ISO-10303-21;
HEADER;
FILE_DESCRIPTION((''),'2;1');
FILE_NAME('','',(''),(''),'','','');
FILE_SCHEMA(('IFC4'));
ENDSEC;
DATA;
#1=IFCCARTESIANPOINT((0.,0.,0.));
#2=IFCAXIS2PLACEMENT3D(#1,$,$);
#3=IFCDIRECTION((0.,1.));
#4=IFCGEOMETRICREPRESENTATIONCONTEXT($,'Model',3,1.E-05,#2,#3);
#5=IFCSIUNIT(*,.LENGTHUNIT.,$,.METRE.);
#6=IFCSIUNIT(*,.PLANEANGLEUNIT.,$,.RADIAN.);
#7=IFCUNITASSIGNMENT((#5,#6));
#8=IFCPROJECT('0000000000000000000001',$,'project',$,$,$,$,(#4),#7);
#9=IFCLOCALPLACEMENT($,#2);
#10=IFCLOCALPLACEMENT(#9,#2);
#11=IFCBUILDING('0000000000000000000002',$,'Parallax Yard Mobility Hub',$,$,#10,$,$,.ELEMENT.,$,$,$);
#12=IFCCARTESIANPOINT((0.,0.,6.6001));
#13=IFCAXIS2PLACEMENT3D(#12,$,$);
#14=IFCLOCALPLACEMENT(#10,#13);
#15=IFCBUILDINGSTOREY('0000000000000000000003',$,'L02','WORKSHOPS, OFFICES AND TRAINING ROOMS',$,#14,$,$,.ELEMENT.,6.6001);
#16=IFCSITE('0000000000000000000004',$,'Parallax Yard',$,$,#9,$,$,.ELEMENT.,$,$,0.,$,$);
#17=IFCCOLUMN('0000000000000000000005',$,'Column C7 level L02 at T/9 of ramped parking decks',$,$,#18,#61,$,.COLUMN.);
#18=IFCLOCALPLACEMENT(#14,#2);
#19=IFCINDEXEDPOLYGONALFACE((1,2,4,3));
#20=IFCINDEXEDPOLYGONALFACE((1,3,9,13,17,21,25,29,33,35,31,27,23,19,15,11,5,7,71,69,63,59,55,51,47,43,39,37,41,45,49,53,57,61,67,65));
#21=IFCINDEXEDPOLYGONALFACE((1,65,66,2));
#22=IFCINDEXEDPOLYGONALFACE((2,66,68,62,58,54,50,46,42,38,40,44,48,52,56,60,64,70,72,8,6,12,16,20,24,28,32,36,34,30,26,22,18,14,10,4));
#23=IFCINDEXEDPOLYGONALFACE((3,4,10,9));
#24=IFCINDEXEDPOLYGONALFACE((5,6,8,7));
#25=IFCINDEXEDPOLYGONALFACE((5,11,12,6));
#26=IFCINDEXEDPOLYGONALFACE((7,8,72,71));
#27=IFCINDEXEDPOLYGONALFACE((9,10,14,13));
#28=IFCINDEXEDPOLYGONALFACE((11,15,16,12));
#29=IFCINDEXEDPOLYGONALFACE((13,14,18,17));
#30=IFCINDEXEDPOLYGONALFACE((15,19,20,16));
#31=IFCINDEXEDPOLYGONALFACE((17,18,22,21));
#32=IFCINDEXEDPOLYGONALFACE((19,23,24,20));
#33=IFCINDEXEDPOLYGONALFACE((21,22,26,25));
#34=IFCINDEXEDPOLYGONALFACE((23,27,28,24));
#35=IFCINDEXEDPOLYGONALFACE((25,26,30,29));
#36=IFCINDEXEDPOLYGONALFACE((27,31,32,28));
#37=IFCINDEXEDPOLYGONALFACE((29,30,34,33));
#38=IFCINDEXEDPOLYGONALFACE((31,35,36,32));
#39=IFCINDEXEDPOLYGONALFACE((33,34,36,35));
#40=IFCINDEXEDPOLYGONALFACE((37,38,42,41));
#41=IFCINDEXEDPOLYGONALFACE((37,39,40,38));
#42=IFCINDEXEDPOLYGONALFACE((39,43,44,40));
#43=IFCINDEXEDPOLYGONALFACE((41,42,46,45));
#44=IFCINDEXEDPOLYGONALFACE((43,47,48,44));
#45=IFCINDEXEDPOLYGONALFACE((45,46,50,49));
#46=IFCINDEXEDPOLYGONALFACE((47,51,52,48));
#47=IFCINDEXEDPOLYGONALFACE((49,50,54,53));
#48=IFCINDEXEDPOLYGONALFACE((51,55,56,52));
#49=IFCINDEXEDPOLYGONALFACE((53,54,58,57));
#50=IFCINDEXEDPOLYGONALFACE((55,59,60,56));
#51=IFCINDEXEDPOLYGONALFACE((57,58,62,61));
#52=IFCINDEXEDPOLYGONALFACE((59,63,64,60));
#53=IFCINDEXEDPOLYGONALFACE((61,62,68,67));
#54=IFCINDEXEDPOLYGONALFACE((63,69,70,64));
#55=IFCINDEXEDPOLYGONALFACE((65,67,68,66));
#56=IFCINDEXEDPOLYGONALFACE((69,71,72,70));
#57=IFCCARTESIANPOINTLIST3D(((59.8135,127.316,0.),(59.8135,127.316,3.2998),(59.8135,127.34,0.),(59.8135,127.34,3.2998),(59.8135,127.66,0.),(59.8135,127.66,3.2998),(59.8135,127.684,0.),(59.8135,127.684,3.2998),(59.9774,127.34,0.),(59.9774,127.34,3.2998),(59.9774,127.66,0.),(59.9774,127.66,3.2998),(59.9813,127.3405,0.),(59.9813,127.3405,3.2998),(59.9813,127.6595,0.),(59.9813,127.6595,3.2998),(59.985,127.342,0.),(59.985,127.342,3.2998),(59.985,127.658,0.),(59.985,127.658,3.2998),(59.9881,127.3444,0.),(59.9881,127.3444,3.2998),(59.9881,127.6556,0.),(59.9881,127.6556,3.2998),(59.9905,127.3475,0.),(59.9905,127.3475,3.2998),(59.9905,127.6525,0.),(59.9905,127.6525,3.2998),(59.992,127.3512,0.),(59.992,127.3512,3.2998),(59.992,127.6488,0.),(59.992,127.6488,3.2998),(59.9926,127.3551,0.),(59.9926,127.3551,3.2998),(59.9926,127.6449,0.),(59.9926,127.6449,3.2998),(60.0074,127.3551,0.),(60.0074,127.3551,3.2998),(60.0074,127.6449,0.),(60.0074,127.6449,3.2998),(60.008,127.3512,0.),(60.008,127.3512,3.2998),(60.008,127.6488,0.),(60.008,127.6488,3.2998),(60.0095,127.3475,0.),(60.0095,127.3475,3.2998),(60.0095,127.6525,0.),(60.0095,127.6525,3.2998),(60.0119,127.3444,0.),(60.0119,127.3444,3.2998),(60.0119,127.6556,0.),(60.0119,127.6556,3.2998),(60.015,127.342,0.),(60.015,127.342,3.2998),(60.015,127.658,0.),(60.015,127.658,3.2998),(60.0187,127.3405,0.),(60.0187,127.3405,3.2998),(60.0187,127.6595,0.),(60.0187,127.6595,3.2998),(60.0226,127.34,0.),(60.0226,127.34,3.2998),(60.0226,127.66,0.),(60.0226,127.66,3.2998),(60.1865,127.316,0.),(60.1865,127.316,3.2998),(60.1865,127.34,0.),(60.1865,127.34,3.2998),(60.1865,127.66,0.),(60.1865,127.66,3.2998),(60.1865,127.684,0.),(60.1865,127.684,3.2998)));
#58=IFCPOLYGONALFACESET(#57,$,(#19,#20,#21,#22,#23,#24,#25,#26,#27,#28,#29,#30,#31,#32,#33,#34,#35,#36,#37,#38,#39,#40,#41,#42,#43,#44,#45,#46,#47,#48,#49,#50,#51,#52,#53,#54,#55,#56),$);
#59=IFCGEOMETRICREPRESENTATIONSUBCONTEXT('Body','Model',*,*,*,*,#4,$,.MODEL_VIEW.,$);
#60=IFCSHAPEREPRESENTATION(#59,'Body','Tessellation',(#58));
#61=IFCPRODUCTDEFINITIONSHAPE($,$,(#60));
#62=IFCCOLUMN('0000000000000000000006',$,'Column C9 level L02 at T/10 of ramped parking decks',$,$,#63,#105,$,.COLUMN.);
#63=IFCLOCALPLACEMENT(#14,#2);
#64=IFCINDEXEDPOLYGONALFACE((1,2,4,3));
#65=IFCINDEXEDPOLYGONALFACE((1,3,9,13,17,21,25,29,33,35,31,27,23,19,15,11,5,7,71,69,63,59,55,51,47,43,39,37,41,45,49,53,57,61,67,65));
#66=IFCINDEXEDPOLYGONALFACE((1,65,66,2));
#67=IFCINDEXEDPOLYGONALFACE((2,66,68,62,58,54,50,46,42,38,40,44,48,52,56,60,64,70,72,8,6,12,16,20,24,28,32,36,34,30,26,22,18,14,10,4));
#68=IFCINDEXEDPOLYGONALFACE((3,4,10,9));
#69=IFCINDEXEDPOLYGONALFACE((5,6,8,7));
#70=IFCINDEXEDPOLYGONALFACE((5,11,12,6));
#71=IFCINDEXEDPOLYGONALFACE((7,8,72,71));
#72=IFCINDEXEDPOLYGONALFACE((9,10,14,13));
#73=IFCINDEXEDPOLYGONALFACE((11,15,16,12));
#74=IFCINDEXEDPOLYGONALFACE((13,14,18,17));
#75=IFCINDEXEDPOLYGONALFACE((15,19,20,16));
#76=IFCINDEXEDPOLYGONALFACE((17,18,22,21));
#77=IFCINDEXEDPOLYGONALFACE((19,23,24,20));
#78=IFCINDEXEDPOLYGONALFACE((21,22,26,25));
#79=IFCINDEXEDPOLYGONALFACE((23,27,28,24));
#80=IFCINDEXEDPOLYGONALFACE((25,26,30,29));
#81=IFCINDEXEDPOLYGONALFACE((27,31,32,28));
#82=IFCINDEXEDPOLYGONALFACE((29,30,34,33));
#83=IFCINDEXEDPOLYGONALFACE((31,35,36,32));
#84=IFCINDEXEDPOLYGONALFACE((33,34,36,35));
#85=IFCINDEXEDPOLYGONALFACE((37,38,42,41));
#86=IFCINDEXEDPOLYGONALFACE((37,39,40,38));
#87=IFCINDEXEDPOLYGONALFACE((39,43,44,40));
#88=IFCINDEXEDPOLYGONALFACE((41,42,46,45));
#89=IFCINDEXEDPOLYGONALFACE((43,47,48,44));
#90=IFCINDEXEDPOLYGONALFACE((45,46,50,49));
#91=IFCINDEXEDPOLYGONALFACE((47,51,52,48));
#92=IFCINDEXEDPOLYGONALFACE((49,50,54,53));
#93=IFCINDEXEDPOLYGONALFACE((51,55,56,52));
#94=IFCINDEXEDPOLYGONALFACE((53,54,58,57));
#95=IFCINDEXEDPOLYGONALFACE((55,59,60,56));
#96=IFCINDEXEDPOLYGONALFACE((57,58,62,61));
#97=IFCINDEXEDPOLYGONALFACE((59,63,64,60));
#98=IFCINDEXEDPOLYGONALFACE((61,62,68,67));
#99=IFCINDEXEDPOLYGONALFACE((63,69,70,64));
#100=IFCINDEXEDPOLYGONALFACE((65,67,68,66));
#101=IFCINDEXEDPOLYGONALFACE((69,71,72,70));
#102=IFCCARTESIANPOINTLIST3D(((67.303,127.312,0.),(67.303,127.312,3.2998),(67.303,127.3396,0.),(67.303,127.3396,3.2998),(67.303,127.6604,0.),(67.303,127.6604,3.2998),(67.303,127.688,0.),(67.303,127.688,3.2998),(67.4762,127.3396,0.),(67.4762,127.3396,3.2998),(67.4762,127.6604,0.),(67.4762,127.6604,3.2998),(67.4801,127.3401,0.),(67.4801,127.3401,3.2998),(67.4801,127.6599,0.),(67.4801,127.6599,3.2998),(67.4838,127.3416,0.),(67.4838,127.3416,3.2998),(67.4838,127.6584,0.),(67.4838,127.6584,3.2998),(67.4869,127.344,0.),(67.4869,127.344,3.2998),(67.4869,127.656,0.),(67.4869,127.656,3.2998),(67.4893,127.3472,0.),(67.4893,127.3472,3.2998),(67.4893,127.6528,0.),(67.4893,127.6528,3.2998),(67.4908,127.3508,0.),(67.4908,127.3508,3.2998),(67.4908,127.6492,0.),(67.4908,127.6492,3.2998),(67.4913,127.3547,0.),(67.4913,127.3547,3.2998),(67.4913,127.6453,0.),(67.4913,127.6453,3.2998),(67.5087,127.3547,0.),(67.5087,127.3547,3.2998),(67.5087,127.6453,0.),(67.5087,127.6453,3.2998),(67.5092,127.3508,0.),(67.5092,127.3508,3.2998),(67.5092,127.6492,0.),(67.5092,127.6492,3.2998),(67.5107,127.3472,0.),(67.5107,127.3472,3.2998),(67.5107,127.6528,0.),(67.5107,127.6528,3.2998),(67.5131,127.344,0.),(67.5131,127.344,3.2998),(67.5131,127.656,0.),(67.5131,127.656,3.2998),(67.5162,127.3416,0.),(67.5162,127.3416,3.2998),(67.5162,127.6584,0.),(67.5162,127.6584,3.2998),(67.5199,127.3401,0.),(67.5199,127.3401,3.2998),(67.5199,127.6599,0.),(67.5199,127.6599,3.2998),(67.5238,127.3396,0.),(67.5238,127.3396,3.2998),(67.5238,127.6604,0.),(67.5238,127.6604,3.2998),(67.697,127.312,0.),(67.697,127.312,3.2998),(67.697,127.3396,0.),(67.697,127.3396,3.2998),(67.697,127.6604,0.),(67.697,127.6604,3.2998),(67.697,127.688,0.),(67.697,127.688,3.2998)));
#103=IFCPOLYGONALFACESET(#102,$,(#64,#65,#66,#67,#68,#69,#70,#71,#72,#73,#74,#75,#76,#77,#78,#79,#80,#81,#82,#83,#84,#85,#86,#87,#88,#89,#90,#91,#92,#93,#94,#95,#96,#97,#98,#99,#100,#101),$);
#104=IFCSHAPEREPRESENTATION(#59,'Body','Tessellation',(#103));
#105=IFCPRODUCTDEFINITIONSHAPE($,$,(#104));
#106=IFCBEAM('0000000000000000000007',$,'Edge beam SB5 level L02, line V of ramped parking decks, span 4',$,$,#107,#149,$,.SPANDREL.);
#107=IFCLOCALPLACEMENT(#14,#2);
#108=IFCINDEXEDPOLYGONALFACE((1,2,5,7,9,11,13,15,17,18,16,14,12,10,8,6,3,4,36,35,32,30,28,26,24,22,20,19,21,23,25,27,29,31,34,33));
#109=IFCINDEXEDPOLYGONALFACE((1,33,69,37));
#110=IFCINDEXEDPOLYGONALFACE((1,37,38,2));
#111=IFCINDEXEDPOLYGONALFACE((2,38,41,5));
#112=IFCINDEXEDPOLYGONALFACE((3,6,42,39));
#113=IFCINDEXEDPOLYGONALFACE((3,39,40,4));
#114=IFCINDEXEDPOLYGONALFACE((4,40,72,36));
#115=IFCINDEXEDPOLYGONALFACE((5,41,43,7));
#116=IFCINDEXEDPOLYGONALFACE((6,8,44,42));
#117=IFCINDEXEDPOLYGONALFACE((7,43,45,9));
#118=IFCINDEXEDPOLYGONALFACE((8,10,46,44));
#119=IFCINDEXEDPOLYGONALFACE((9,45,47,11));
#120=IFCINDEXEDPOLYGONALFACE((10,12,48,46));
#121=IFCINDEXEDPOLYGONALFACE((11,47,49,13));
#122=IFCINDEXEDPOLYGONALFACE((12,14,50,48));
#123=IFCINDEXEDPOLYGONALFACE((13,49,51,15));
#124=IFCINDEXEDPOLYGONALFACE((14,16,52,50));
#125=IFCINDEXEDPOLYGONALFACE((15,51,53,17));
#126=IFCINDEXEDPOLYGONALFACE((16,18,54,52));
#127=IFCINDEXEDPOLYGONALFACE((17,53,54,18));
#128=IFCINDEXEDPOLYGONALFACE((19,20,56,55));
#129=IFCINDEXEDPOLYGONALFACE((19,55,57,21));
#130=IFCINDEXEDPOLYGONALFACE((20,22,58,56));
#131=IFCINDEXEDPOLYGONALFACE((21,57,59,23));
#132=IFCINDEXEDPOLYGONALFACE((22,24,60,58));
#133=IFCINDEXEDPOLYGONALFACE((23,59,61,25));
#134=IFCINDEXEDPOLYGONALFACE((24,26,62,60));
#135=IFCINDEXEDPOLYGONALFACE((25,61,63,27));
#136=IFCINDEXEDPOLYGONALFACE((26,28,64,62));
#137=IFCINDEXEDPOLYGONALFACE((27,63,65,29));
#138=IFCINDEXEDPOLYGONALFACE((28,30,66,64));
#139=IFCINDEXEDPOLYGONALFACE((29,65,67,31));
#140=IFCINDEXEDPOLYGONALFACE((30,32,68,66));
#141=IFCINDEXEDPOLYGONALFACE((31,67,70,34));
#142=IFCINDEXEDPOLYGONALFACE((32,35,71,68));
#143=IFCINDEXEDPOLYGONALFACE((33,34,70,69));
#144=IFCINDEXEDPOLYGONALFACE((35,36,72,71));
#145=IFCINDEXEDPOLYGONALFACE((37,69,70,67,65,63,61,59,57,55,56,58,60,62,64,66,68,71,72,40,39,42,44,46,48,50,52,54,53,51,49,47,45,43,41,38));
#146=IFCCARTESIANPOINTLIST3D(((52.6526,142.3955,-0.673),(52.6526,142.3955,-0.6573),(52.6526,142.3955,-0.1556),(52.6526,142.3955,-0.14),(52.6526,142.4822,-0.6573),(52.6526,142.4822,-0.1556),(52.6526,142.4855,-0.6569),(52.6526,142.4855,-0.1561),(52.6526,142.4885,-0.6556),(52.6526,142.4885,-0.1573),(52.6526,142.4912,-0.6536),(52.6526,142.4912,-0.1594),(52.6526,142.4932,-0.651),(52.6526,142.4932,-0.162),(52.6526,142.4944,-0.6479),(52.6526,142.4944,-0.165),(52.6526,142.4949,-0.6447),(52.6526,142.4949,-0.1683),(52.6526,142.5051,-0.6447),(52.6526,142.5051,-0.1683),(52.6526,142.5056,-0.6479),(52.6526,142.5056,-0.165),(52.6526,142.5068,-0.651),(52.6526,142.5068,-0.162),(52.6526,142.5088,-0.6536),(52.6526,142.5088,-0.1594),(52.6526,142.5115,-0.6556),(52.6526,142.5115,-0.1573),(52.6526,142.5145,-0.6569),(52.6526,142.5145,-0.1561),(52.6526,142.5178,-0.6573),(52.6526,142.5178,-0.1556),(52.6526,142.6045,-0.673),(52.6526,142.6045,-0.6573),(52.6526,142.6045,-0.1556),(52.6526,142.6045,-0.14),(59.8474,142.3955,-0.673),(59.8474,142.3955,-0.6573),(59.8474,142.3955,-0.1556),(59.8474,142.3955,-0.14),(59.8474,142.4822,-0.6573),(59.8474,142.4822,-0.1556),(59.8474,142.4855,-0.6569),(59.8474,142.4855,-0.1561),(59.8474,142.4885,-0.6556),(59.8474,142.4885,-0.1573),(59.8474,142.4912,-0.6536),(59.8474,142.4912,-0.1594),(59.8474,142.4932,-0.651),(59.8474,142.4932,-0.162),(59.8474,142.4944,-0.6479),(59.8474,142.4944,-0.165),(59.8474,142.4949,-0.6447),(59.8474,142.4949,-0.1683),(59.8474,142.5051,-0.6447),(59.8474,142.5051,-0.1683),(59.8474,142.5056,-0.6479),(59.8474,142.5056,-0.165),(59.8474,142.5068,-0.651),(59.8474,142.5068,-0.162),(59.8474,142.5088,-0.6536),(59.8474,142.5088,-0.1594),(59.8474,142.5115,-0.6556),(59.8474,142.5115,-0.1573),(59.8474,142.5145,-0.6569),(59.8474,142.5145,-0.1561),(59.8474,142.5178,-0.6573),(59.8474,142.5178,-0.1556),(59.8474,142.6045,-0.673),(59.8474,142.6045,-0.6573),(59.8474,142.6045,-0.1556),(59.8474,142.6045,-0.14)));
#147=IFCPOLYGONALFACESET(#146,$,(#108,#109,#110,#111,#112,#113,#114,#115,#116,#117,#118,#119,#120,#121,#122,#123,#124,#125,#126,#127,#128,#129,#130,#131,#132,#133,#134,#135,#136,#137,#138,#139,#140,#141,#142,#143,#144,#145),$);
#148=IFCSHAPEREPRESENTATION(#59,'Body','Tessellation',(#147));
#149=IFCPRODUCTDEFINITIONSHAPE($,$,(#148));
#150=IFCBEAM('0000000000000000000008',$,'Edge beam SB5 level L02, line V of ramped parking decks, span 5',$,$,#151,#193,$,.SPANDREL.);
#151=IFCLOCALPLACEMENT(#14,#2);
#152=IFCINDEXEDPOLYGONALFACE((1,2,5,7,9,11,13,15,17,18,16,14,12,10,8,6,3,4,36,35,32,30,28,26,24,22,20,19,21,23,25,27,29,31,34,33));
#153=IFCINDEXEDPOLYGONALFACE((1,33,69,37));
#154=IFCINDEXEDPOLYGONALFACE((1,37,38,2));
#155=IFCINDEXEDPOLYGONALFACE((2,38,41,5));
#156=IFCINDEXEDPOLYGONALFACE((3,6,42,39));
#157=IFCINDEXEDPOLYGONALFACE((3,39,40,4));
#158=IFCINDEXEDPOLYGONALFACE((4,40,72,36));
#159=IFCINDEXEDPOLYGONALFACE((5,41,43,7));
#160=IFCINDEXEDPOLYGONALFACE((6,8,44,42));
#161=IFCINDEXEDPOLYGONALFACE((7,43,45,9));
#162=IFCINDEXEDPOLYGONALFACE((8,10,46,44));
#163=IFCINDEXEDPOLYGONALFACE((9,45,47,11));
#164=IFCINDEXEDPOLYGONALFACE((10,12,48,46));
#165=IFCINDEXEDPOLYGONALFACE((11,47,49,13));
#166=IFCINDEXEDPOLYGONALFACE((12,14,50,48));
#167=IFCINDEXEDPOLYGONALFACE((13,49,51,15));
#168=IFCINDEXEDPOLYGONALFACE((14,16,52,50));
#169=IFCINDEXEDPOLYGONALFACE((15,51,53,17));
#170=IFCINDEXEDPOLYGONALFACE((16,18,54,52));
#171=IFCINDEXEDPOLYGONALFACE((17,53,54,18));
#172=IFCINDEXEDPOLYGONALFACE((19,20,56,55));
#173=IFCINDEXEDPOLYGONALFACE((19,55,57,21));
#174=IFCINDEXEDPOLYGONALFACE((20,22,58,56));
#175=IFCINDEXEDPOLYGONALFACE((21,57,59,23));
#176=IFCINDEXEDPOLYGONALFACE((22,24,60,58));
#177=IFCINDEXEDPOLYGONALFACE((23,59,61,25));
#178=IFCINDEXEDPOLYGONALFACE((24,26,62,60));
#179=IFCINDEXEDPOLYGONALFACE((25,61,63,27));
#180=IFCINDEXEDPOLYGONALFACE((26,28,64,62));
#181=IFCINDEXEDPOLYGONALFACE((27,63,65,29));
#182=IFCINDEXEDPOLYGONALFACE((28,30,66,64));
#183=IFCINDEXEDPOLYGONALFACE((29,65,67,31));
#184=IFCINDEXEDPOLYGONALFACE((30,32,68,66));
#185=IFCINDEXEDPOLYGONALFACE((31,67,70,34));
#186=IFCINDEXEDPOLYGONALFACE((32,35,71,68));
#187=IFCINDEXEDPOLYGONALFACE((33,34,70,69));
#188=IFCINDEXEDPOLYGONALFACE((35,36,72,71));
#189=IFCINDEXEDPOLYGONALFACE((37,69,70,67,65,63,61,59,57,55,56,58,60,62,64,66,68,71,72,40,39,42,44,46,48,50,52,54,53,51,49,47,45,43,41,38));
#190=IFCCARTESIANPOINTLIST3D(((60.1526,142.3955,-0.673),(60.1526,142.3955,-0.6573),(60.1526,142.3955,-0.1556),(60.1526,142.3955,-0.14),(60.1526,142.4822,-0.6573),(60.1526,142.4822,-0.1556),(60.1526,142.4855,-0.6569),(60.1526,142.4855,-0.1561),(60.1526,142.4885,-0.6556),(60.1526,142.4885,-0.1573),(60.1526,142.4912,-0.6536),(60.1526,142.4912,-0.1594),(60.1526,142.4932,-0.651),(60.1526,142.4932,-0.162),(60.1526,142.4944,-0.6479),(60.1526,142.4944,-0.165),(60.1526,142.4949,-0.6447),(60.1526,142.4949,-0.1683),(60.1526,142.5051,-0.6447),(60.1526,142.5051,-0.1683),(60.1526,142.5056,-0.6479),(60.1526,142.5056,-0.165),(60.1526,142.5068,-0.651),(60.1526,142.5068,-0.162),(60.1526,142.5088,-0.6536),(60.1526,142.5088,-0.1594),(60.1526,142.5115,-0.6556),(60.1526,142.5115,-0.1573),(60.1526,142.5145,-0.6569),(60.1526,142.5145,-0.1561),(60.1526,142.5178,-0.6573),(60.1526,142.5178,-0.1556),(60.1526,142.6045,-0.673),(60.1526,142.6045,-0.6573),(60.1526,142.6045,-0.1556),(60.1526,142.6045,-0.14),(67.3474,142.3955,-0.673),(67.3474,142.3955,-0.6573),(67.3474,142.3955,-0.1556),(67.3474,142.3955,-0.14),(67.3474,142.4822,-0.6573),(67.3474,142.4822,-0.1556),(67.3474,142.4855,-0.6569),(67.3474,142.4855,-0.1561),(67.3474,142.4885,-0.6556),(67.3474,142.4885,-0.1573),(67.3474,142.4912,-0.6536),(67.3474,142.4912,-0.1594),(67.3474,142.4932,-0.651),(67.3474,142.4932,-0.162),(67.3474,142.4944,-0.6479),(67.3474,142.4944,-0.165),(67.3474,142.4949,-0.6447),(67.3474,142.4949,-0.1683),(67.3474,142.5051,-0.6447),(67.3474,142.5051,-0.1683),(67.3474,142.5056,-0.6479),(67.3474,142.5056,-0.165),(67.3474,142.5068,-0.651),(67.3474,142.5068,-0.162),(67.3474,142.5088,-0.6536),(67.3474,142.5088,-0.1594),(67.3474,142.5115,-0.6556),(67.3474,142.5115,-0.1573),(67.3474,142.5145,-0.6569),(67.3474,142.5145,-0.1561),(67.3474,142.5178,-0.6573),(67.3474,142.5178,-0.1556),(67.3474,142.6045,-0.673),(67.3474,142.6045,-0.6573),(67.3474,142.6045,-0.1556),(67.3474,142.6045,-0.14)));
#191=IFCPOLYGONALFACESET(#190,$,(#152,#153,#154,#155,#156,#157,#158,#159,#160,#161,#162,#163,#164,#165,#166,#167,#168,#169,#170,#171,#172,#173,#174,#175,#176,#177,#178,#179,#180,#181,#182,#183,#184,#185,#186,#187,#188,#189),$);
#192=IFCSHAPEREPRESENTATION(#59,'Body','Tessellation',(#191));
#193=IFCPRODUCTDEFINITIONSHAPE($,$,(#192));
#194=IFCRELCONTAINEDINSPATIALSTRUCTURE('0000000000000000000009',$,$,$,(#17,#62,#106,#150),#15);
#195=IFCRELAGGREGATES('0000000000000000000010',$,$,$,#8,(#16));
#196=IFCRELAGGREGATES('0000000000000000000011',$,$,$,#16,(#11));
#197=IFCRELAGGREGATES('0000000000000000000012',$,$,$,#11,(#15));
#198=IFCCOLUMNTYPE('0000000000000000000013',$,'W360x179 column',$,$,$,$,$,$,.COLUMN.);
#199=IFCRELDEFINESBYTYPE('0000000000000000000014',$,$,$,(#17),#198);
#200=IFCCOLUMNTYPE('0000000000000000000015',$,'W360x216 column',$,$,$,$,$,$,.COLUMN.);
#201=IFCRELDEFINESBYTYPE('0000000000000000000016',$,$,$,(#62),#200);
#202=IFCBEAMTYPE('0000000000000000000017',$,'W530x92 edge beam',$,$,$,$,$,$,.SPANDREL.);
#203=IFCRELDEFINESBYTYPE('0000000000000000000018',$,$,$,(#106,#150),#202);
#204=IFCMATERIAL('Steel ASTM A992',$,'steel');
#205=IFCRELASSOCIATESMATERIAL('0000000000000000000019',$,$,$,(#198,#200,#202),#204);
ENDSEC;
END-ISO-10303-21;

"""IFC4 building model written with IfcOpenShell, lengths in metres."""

from ifc_helpers import new_model, si_unit, direction, frame, origin, origin_2d, place, context, subcontext, project, spatial, i_section, extrude, material, material_profile, profile_set, type_object, element, save


model = new_model("IFC4")

# Units and contexts
model_context = context("Model", 3, precision=1e-05, world=origin(), true_north=direction((0.0, 1.0)))
body_context = subcontext(model_context, "Body", "Model", "MODEL_VIEW")
ifc_project = project(units=[si_unit("LENGTHUNIT", "METRE"), si_unit("PLANEANGLEUNIT", "RADIAN")], contexts=[model_context])

# Site, building, storey
site_placement = place(None, origin())
site = spatial("IfcSite", under=ifc_project, at=site_placement, Name="Parallax Yard", CompositionType="ELEMENT", RefElevation=0.0)
building_placement = place(site_placement, origin())
building = spatial("IfcBuilding", under=site, at=building_placement, Name="Parallax Yard Mobility Hub", CompositionType="ELEMENT")
storey_placement = place(building_placement, frame((0.0, 0.0, 6.6001)))
storey = spatial("IfcBuildingStorey", under=building, at=storey_placement, Name="L02", Description="WORKSHOPS, OFFICES AND TRAINING ROOMS", CompositionType="ELEMENT", Elevation=6.6001)

# Columns
ifc_material_1 = material(Name="Steel ASTM A992", Category="steel")
ifc_material_profile_1 = material_profile(ifc_material_1, i_section(OverallWidth=0.373, OverallDepth=0.3679, WebThickness=0.0149, FlangeThickness=0.0239, FilletRadius=0.0151, at=origin_2d()), Name="W360x179")
ifc_profile_set_1 = profile_set([ifc_material_profile_1], Name="Steel ASTM A992")
column_type_1 = type_object("IfcColumnType", Name="W360x179 column", PredefinedType="COLUMN", material=ifc_profile_set_1)
for number, where, z_axis, x_axis, name in (
    (1, (60.0, 127.5, 0.0), (0.0, 0.0, 1.0), (1.0, 0.0, 0.0), "Column C7 level L02 at T/9 of ramped parking decks"),
):
    element("IfcColumn", number, at=place(storey_placement, frame(where, z_axis=z_axis, x_axis=x_axis)), inside=storey, type_object=column_type_1, Name=name, PredefinedType="COLUMN", context=body_context, shape_type="SweptSolid", body=[
        extrude(i_section(OverallWidth=0.373, OverallDepth=0.3679, WebThickness=0.0149, FlangeThickness=0.0239, FilletRadius=0.0151, at=origin_2d()), origin(), (0.0, 0.0, 1.0), 3.2998),
    ])
ifc_material_profile_2 = material_profile(ifc_material_1, i_section(OverallWidth=0.394, OverallDepth=0.376, WebThickness=0.0173, FlangeThickness=0.0276, FilletRadius=0.0151, at=origin_2d()), Name="W360x216")
ifc_profile_set_2 = profile_set([ifc_material_profile_2], Name="Steel ASTM A992")
column_type_2 = type_object("IfcColumnType", Name="W360x216 column", PredefinedType="COLUMN", material=ifc_profile_set_2)
column_placement = place(storey_placement, frame((67.5, 127.5, 0.0), z_axis=(0.0, 0.0, 1.0), x_axis=(1.0, 0.0, 0.0)))
element("IfcColumn", 2, at=column_placement, inside=storey, type_object=column_type_2, Name="Column C9 level L02 at T/10 of ramped parking decks", PredefinedType="COLUMN", context=body_context, shape_type="SweptSolid", body=[
    extrude(i_section(OverallWidth=0.394, OverallDepth=0.376, WebThickness=0.0173, FlangeThickness=0.0276, FilletRadius=0.0151, at=origin_2d()), origin(), (0.0, 0.0, 1.0), 3.2998),
])

# Beams
ifc_material_profile_3 = material_profile(ifc_material_1, i_section(OverallWidth=0.209, OverallDepth=0.533, WebThickness=0.0103, FlangeThickness=0.0156, FilletRadius=0.0127, at=origin_2d()), Name="W530x92")
ifc_profile_set_3 = profile_set([ifc_material_profile_3], Name="Steel ASTM A992")
beam_type_1 = type_object("IfcBeamType", Name="W530x92 edge beam", PredefinedType="SPANDREL", material=ifc_profile_set_3)
for number, where, z_axis, x_axis, name in (
    (3, (52.6526, 142.5, -0.4065), (1.0, 0.0, 0.0), (0.0, 1.0, 0.0), "Edge beam SB5 level L02, line V of ramped parking decks, span 4"),
    (4, (60.1526, 142.5, -0.4065), (1.0, 0.0, 0.0), (0.0, 1.0, 0.0), "Edge beam SB5 level L02, line V of ramped parking decks, span 5"),
):
    element("IfcBeam", number, at=place(storey_placement, frame(where, z_axis=z_axis, x_axis=x_axis)), inside=storey, type_object=beam_type_1, Name=name, PredefinedType="SPANDREL", context=body_context, shape_type="SweptSolid", body=[
        extrude(i_section(OverallWidth=0.209, OverallDepth=0.533, WebThickness=0.0103, FlangeThickness=0.0156, FilletRadius=0.0127, at=origin_2d()), origin(), (0.0, 0.0, 1.0), 7.1948),
    ])

save(model, "model.ifc")
